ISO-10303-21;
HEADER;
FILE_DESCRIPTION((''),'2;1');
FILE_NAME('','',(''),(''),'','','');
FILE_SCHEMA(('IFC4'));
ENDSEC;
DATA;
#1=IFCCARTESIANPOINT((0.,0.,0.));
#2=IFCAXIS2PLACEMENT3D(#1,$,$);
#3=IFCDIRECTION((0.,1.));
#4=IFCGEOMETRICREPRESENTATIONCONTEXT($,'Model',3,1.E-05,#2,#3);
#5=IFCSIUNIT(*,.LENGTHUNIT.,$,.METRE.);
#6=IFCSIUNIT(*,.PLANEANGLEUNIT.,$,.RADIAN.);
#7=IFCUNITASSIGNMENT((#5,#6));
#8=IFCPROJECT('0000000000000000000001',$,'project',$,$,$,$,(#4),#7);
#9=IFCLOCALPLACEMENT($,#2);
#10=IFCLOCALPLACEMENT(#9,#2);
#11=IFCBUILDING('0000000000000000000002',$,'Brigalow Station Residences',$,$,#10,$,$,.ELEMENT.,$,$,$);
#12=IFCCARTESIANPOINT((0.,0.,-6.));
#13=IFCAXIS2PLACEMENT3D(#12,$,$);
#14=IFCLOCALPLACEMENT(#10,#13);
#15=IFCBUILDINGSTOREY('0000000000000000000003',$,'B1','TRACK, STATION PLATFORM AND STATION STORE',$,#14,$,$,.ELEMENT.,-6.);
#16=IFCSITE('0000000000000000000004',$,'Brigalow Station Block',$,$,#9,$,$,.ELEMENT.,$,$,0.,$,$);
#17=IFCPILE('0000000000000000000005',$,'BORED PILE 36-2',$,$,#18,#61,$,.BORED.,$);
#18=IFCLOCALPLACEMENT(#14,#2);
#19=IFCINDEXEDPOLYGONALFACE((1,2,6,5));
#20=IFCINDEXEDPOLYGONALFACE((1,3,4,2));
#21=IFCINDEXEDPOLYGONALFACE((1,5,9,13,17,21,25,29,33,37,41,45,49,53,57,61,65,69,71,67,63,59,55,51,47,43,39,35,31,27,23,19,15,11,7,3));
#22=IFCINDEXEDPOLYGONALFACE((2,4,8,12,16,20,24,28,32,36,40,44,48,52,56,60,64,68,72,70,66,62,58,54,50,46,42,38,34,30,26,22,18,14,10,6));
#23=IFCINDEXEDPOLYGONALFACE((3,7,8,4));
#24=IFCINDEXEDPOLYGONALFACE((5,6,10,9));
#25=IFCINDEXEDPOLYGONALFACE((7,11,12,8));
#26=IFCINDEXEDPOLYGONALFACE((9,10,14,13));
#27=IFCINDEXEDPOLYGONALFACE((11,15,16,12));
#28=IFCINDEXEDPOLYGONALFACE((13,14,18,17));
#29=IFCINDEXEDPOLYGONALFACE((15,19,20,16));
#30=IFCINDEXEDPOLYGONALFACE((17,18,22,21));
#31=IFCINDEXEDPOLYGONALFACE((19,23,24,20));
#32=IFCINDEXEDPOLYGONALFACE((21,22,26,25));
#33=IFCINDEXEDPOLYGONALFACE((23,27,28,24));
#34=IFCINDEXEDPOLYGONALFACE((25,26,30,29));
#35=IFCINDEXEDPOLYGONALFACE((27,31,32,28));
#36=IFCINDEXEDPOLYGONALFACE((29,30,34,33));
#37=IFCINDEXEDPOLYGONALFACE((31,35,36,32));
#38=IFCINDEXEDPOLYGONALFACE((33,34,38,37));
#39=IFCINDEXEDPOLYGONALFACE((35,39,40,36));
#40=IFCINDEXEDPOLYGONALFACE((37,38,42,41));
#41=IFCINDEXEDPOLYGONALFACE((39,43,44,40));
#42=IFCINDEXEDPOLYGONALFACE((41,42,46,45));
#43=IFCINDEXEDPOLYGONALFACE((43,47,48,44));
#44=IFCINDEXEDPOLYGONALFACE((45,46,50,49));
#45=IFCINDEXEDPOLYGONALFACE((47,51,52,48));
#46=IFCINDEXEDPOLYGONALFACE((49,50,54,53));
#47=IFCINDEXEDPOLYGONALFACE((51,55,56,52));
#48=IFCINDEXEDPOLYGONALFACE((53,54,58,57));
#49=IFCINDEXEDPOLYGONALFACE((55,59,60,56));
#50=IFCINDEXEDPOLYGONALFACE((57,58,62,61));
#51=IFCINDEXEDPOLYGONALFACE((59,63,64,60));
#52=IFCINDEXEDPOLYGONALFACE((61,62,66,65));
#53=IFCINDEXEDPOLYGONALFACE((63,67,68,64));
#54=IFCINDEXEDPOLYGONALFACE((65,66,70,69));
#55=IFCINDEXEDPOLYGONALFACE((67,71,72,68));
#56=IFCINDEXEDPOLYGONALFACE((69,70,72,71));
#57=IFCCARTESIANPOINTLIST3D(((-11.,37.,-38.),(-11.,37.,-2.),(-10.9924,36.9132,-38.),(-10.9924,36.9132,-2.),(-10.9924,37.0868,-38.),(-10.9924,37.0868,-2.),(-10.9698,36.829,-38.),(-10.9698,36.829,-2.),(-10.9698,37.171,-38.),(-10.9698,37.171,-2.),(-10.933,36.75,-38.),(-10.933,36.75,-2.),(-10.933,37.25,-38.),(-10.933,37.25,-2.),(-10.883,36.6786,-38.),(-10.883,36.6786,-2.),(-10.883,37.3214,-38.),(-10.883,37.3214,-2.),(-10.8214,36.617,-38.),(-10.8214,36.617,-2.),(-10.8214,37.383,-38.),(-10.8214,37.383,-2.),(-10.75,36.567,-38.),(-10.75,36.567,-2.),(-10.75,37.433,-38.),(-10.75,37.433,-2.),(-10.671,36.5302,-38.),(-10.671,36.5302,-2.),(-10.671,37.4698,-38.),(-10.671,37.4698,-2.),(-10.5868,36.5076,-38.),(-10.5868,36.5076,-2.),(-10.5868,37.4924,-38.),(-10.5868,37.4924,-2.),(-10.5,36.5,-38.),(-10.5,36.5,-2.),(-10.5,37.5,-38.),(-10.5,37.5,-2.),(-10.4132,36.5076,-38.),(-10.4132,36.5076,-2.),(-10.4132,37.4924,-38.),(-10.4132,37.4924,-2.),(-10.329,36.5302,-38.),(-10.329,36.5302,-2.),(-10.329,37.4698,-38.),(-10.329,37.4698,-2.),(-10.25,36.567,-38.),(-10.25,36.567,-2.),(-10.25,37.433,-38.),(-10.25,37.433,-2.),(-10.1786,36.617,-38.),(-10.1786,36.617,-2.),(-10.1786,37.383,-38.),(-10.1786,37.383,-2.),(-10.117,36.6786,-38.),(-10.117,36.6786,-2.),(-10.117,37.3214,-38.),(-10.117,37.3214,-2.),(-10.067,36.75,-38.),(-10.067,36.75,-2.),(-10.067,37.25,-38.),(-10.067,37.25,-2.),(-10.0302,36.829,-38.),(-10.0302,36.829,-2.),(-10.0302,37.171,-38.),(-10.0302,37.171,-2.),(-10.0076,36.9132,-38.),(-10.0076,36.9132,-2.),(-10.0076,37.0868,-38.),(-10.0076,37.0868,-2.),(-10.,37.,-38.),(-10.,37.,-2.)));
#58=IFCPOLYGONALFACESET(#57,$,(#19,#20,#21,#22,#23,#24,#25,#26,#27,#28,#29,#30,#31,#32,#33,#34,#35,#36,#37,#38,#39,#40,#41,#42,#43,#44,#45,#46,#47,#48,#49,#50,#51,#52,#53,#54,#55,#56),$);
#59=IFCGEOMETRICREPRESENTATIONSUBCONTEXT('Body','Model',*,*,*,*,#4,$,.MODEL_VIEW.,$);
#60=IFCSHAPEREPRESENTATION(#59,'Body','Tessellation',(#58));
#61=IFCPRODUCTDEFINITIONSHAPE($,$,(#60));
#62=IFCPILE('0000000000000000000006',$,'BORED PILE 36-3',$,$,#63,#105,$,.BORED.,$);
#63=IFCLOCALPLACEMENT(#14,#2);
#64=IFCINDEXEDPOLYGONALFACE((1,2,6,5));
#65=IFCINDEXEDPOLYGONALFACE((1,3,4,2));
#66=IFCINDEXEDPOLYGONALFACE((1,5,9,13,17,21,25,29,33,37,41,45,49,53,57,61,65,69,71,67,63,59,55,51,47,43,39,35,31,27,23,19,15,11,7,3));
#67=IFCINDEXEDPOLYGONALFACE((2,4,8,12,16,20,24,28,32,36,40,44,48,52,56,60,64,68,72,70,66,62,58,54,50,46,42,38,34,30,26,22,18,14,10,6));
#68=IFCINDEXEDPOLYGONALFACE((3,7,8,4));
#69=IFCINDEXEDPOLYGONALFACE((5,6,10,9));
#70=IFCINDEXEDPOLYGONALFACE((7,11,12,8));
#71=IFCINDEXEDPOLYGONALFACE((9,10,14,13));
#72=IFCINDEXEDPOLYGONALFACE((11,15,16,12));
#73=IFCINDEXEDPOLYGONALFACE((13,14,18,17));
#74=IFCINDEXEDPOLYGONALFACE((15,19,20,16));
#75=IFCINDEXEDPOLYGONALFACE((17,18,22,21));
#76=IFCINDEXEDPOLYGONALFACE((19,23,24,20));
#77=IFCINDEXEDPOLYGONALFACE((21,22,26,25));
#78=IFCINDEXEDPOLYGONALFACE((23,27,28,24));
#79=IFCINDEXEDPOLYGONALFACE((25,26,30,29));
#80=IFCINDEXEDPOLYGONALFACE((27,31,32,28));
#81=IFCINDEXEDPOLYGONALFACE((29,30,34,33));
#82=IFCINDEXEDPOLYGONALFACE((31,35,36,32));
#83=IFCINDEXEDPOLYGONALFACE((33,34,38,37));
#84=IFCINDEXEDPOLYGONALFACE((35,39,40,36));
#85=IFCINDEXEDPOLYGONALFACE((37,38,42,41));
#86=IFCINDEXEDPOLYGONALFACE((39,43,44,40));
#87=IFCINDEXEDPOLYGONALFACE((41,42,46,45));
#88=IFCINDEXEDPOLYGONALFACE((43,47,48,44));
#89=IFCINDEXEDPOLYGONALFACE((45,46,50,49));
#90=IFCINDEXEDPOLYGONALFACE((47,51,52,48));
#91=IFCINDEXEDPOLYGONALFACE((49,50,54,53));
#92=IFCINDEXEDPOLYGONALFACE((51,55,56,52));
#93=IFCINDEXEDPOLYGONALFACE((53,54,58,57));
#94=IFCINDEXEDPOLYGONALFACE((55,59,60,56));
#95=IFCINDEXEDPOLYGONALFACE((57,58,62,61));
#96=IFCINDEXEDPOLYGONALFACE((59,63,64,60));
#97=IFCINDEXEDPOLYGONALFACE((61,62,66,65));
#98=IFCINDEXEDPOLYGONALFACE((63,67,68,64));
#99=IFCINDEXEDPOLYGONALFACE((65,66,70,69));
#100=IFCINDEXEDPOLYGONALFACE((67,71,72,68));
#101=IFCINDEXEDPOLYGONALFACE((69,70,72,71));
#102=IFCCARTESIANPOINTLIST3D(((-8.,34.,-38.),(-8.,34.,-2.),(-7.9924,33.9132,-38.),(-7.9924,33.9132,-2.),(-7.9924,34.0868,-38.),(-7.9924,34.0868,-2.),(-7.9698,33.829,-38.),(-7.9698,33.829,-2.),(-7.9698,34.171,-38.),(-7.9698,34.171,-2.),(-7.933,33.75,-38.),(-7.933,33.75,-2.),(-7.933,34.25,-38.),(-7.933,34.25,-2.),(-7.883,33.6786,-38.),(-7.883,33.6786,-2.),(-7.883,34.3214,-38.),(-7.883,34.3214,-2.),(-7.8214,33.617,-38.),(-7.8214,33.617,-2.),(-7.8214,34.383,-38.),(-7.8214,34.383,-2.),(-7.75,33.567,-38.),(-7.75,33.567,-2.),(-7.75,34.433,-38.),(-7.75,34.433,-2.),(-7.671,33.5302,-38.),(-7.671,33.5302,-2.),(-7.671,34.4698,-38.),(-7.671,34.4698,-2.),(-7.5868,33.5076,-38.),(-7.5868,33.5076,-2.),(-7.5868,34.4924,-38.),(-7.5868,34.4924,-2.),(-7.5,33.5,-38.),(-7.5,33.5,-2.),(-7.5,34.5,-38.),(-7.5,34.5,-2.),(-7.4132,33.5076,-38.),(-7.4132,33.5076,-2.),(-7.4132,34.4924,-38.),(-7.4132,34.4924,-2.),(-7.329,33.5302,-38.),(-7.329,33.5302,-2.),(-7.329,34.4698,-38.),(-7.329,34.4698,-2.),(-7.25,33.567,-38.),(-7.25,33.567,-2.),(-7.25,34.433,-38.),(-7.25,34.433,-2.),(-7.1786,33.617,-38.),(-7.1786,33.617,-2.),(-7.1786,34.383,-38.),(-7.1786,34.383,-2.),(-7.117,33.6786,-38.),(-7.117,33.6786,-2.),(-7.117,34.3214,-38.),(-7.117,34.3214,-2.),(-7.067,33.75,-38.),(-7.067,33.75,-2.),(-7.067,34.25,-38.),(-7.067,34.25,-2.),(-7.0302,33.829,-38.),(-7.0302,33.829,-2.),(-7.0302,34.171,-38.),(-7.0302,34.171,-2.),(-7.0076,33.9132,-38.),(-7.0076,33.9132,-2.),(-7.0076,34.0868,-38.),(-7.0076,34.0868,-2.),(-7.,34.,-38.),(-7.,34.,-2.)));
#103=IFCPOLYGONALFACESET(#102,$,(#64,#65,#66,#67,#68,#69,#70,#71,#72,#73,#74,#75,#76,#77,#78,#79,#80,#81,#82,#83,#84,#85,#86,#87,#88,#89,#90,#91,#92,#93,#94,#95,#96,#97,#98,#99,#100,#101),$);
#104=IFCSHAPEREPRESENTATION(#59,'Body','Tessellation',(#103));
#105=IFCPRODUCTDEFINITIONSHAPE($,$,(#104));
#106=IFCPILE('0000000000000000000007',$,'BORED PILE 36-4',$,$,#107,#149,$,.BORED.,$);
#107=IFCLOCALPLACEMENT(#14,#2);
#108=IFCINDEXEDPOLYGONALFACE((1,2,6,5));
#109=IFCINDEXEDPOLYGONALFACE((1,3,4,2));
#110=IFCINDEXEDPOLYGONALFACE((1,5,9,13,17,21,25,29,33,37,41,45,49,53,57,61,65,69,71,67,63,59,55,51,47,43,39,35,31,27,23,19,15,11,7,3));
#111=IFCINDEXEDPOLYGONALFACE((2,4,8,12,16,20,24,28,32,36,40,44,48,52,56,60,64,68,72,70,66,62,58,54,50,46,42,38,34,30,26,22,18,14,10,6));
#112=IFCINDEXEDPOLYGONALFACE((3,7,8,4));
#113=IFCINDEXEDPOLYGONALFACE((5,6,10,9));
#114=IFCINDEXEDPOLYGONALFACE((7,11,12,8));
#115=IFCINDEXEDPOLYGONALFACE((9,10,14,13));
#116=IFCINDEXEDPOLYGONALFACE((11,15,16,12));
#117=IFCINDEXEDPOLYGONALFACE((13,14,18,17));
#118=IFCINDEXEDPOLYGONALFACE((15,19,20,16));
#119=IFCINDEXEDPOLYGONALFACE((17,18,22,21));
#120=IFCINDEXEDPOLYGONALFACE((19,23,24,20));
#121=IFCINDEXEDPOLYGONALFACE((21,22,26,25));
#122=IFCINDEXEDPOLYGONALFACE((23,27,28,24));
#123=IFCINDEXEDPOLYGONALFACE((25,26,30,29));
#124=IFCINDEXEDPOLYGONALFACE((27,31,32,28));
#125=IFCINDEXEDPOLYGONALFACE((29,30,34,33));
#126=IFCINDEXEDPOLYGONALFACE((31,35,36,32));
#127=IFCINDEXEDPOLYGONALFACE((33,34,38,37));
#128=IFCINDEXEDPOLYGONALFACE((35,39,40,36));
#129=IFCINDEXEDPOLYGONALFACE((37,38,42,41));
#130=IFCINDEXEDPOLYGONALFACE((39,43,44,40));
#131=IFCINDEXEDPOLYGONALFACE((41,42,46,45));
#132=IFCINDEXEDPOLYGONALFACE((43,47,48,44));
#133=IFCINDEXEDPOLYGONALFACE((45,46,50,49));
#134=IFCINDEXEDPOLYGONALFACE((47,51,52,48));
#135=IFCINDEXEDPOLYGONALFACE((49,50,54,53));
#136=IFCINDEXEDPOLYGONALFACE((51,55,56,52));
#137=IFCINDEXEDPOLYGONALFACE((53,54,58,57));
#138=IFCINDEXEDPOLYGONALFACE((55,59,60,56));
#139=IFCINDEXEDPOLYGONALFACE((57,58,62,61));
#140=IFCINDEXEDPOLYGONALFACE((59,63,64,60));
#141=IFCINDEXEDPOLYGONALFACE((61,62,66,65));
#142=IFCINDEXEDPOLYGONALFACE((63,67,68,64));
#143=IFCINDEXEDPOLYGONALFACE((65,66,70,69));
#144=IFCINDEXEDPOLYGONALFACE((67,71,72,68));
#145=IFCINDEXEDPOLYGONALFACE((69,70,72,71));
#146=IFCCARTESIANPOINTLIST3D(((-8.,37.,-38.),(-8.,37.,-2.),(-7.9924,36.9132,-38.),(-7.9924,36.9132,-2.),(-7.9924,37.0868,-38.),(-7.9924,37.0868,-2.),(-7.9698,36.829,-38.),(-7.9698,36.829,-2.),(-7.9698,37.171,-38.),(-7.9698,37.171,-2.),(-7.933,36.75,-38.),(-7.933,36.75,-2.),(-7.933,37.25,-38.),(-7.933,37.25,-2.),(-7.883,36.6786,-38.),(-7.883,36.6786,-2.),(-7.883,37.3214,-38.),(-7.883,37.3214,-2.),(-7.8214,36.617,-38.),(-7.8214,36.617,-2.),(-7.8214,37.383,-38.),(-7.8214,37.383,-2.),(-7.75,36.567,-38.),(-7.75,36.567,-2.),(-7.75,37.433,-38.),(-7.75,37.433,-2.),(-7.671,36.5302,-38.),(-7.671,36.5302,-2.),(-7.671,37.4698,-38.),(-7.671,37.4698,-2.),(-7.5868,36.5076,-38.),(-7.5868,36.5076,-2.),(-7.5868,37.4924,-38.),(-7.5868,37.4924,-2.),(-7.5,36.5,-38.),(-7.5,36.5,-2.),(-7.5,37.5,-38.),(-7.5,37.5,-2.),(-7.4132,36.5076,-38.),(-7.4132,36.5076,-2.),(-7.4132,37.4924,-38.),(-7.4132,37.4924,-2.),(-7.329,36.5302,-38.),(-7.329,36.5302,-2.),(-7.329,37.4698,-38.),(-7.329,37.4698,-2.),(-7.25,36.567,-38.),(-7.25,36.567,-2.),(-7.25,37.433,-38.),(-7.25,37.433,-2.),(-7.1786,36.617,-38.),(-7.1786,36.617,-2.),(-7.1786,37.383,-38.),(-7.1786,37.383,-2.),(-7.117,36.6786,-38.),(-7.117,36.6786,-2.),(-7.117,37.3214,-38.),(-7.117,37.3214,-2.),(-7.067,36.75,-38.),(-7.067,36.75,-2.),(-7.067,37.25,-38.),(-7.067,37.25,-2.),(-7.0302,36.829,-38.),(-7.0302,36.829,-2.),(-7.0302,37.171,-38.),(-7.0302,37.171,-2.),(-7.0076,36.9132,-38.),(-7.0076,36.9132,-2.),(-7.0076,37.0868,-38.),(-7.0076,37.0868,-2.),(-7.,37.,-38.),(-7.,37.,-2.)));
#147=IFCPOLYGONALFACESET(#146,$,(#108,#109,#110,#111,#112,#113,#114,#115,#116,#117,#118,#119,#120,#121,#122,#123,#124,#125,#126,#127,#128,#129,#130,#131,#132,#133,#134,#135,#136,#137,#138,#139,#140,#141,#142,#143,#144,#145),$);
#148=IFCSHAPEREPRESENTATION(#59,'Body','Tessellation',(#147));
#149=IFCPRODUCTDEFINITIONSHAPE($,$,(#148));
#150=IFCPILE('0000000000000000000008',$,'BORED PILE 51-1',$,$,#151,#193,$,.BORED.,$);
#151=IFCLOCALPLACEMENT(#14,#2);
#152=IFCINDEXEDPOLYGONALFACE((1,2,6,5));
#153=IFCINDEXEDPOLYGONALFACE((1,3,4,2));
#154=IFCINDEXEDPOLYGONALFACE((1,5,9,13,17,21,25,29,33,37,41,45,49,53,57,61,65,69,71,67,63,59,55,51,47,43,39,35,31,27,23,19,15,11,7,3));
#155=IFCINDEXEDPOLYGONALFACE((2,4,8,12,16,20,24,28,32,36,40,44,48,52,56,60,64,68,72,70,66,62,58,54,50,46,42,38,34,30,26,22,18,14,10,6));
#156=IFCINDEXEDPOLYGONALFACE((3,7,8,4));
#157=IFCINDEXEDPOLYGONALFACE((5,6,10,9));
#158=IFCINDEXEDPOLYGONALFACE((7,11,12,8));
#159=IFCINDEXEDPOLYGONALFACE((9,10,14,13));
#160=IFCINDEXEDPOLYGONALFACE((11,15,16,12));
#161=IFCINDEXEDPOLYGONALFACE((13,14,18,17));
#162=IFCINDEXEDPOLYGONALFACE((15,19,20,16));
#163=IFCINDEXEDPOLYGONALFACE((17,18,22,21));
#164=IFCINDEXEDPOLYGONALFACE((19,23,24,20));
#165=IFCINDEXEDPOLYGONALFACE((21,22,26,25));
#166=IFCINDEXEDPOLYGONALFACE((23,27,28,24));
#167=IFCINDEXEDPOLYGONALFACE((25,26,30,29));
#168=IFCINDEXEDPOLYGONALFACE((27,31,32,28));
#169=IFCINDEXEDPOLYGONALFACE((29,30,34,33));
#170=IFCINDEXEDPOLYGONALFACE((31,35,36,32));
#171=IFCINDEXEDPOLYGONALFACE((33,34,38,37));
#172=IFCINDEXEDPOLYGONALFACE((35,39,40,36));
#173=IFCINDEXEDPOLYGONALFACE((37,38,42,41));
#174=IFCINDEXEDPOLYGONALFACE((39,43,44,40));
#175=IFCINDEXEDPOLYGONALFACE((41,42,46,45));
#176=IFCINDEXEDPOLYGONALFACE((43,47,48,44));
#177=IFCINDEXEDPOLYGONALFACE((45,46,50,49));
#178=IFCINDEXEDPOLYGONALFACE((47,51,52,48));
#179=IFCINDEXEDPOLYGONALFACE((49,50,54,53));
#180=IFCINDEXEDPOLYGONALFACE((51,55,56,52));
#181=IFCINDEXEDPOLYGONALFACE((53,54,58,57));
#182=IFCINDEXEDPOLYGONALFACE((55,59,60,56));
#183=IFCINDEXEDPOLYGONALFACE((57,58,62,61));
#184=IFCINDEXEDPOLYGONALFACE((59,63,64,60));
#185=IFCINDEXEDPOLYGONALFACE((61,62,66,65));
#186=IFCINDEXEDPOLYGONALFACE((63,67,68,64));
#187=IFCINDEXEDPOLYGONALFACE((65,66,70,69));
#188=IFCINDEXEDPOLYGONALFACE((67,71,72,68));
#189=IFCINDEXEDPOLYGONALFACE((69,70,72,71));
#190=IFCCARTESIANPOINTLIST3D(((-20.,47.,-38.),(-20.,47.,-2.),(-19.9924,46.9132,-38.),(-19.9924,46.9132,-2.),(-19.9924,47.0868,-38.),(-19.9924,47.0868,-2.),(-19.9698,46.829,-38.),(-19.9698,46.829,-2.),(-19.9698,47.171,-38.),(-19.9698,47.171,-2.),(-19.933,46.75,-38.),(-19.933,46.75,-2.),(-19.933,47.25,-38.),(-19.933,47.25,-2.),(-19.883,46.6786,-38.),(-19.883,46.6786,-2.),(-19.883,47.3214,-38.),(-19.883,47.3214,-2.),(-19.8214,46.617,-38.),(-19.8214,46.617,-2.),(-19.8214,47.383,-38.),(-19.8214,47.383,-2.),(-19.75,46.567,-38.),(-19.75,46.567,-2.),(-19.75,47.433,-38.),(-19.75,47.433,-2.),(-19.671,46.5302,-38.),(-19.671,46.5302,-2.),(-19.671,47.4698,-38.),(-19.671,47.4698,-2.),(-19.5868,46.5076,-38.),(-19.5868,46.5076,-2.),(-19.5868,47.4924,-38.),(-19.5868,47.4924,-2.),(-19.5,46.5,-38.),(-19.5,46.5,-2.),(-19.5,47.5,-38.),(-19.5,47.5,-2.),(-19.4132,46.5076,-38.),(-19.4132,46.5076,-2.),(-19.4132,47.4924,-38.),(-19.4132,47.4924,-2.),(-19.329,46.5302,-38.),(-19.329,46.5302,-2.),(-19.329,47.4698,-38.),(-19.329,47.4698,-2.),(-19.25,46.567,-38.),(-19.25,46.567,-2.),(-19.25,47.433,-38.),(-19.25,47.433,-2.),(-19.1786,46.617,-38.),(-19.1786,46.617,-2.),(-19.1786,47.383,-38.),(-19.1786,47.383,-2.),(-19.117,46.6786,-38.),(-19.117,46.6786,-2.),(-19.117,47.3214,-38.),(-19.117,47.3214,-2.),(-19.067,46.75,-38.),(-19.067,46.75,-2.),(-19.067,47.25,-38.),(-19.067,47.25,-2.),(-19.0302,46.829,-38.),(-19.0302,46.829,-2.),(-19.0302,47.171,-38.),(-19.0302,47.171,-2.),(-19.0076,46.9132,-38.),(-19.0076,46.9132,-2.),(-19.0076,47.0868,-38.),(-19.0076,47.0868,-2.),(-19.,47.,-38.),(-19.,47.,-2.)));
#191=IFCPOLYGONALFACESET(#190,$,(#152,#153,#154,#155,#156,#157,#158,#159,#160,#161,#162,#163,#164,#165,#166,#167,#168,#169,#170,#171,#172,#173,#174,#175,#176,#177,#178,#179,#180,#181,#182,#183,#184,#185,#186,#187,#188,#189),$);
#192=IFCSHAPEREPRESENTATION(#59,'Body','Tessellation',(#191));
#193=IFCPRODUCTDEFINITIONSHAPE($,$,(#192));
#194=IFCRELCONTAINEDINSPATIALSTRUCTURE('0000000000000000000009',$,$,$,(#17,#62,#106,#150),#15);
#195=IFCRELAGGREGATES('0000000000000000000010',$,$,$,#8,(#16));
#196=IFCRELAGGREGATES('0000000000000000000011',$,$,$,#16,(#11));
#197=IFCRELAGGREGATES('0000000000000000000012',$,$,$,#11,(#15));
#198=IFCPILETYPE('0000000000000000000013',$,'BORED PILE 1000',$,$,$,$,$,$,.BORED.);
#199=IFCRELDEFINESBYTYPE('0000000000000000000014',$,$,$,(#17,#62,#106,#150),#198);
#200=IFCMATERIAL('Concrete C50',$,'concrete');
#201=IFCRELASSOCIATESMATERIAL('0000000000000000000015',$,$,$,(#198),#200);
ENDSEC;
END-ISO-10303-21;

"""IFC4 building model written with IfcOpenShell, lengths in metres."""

from ifc_helpers import new_model, si_unit, direction, frame, origin, origin_2d, place, context, subcontext, project, spatial, circle, extrude, material, material_profile, profile_set, type_object, element, save


model = new_model("IFC4")

# Units and contexts
model_context = context("Model", 3, precision=1e-05, world=origin(), true_north=direction((0.0, 1.0)))
body_context = subcontext(model_context, "Body", "Model", "MODEL_VIEW")
ifc_project = project(units=[si_unit("LENGTHUNIT", "METRE"), si_unit("PLANEANGLEUNIT", "RADIAN")], contexts=[model_context])

# Site, building, storey
site_placement = place(None, origin())
site = spatial("IfcSite", under=ifc_project, at=site_placement, Name="Brigalow Station Block", CompositionType="ELEMENT", RefElevation=0.0)
building_placement = place(site_placement, origin())
building = spatial("IfcBuilding", under=site, at=building_placement, Name="Brigalow Station Residences", CompositionType="ELEMENT")
storey_placement = place(building_placement, frame((0.0, 0.0, -6.0)))
storey = spatial("IfcBuildingStorey", under=building, at=storey_placement, Name="B1", Description="TRACK, STATION PLATFORM AND STATION STORE", CompositionType="ELEMENT", Elevation=-6.0)

# Piles
ifc_material_1 = material(Name="Concrete C50", Category="concrete")
ifc_material_profile_1 = material_profile(ifc_material_1, circle(Radius=0.5, at=origin_2d()), Name="BP1000")
ifc_profile_set_1 = profile_set([ifc_material_profile_1], Name="Concrete C50")
pile_type_1 = type_object("IfcPileType", Name="BORED PILE 1000", PredefinedType="BORED", material=ifc_profile_set_1)
for number, where, z_axis, x_axis, name in (
    (1, (-10.5, 37.0, -2.0), (0.0, 0.0, -1.0), (1.0, 0.0, 0.0), "BORED PILE 36-2"),
    (2, (-7.5, 34.0, -2.0), (0.0, 0.0, -1.0), (1.0, 0.0, 0.0), "BORED PILE 36-3"),
    (3, (-7.5, 37.0, -2.0), (0.0, 0.0, -1.0), (1.0, 0.0, 0.0), "BORED PILE 36-4"),
    (4, (-19.5, 47.0, -2.0), (0.0, 0.0, -1.0), (1.0, 0.0, 0.0), "BORED PILE 51-1"),
):
    element("IfcPile", number, at=place(storey_placement, frame(where, z_axis=z_axis, x_axis=x_axis)), inside=storey, type_object=pile_type_1, Name=name, PredefinedType="BORED", context=body_context, shape_type="SweptSolid", body=[
        extrude(circle(Radius=0.5, at=origin_2d()), origin(), (0.0, 0.0, 1.0), 36.0),
    ])

save(model, "model.ifc")
